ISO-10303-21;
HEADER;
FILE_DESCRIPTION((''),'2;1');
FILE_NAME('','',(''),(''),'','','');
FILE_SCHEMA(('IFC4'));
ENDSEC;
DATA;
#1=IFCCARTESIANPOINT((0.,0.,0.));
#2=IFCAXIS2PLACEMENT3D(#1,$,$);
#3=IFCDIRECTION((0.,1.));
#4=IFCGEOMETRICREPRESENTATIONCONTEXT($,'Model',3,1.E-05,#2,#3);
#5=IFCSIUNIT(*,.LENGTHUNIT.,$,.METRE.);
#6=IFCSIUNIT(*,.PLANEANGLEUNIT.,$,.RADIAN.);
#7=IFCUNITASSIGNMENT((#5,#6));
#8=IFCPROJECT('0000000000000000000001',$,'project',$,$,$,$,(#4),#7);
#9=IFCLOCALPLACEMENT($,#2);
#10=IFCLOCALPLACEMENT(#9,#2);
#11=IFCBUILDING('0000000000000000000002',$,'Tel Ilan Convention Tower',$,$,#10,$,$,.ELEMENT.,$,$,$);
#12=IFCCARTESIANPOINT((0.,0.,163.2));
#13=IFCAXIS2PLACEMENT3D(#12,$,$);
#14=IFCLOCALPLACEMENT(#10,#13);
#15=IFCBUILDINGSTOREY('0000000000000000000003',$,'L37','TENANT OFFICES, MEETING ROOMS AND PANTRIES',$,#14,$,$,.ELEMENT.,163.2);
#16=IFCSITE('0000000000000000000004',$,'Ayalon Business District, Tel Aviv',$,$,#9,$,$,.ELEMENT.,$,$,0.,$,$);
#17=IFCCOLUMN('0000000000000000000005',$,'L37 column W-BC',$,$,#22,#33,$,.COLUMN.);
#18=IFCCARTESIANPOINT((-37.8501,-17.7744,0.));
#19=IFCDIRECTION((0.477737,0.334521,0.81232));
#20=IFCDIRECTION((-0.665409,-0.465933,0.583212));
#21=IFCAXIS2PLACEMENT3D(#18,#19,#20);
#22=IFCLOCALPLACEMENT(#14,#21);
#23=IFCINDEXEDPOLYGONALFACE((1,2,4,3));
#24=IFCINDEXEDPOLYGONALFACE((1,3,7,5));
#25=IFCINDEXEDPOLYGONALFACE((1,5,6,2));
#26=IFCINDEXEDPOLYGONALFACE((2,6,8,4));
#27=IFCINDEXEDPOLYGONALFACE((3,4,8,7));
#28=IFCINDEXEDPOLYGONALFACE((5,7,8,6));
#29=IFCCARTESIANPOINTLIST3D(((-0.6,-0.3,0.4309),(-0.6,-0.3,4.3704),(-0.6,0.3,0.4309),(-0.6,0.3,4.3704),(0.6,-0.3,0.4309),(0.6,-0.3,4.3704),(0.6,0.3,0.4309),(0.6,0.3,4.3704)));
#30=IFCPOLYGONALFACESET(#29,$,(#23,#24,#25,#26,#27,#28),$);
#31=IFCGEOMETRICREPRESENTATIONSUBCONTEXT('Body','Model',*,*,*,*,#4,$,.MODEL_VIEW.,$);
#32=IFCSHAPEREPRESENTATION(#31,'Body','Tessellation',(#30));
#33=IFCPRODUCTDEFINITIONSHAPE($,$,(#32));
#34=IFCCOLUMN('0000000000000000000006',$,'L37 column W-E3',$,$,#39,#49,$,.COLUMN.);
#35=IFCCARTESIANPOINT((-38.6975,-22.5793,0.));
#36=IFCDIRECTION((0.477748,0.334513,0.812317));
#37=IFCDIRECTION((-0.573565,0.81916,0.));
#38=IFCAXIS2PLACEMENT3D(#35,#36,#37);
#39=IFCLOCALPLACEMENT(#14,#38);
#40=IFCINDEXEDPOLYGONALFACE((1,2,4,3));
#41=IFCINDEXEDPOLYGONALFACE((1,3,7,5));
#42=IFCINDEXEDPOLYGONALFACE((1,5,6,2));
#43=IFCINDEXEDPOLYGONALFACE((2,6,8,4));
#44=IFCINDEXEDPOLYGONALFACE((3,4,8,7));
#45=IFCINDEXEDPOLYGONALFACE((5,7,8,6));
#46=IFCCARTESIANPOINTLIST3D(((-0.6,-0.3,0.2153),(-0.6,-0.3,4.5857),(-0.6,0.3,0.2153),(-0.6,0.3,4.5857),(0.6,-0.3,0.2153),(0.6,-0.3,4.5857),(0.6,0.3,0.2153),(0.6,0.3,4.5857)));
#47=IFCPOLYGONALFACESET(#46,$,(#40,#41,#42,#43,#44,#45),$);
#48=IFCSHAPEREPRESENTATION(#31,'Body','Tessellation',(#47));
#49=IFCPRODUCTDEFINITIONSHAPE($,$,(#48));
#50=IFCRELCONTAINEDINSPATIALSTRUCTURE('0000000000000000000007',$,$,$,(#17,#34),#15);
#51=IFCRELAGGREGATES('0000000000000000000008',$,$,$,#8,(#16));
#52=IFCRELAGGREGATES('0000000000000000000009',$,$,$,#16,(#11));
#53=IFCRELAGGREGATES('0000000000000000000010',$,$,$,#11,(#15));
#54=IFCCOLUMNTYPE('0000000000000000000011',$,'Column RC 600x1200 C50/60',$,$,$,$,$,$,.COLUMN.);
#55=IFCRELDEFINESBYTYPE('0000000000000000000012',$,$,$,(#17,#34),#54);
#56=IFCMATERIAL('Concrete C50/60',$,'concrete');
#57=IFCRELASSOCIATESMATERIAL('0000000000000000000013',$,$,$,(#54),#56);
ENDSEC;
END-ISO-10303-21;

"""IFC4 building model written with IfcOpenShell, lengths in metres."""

from ifc_helpers import new_model, si_unit, direction, frame, origin, origin_2d, place, context, subcontext, project, spatial, rectangle, extrude, clip, halfspace, material, material_profile, profile_set, type_object, element, save


model = new_model("IFC4")

# Units and contexts
model_context = context("Model", 3, precision=1e-05, world=origin(), true_north=direction((0.0, 1.0)))
body_context = subcontext(model_context, "Body", "Model", "MODEL_VIEW")
ifc_project = project(units=[si_unit("LENGTHUNIT", "METRE"), si_unit("PLANEANGLEUNIT", "RADIAN")], contexts=[model_context])

# Site, building, storey
site_placement = place(None, origin())
site = spatial("IfcSite", under=ifc_project, at=site_placement, Name="Ayalon Business District, Tel Aviv", CompositionType="ELEMENT", RefElevation=0.0)
building_placement = place(site_placement, origin())
building = spatial("IfcBuilding", under=site, at=building_placement, Name="Tel Ilan Convention Tower", CompositionType="ELEMENT")
storey_placement = place(building_placement, frame((0.0, 0.0, 163.2)))
storey = spatial("IfcBuildingStorey", under=building, at=storey_placement, Name="L37", Description="TENANT OFFICES, MEETING ROOMS AND PANTRIES", CompositionType="ELEMENT", Elevation=163.2)

# Columns
ifc_material_1 = material(Name="Concrete C50/60", Category="concrete")
ifc_material_profile_1 = material_profile(ifc_material_1, rectangle(XDim=1.2, YDim=0.6001, at=origin_2d()), Name="RC 600x1200")
ifc_profile_set_1 = profile_set([ifc_material_profile_1], Name="Concrete C50/60")
column_type_1 = type_object("IfcColumnType", Name="Column RC 600x1200 C50/60", PredefinedType="COLUMN", material=ifc_profile_set_1)
column_1_placement = place(storey_placement, frame((-37.8501, -17.7744, 0.0), z_axis=(0.477737, 0.334521, 0.81232), x_axis=(-0.665409, -0.465933, 0.583212)))
element("IfcColumn", 1, at=column_1_placement, inside=storey, type_object=column_type_1, Name="L37 column W-BC", PredefinedType="COLUMN", context=body_context, shape_type="Clipping", body=[
    clip(clip(extrude(rectangle(XDim=1.2, YDim=0.6001, at=origin_2d()), origin(), (0.0, 0.0, 1.0), 4.8013), halfspace(frame((0.0, 0.0, 0.4309), z_axis=(0.0, 0.0, 1.0), x_axis=(1.0, 0.0, 0.0)), True)), halfspace(frame((0.0, 0.0, 4.3704), z_axis=(0.0, 0.0, 1.0), x_axis=(1.0, 0.0, 0.0)), False)),
])
column_2_placement = place(storey_placement, frame((-38.6975, -22.5793, 0.0), z_axis=(0.477748, 0.334513, 0.812317), x_axis=(-0.573565, 0.81916, 0.0)))
element("IfcColumn", 2, at=column_2_placement, inside=storey, type_object=column_type_1, Name="L37 column W-E3", PredefinedType="COLUMN", context=body_context, shape_type="Clipping", body=[
    clip(clip(extrude(rectangle(XDim=1.2, YDim=0.6001, at=origin_2d()), origin(), (0.0, 0.0, 1.0), 4.801), halfspace(frame((0.0, 0.0, 0.2153), z_axis=(0.0, 0.0, 1.0), x_axis=(1.0, 0.0, 0.0)), True)), halfspace(frame((0.0, 0.0, 4.5857), z_axis=(0.0, 0.0, 1.0), x_axis=(1.0, 0.0, 0.0)), False)),
])

save(model, "model.ifc")
